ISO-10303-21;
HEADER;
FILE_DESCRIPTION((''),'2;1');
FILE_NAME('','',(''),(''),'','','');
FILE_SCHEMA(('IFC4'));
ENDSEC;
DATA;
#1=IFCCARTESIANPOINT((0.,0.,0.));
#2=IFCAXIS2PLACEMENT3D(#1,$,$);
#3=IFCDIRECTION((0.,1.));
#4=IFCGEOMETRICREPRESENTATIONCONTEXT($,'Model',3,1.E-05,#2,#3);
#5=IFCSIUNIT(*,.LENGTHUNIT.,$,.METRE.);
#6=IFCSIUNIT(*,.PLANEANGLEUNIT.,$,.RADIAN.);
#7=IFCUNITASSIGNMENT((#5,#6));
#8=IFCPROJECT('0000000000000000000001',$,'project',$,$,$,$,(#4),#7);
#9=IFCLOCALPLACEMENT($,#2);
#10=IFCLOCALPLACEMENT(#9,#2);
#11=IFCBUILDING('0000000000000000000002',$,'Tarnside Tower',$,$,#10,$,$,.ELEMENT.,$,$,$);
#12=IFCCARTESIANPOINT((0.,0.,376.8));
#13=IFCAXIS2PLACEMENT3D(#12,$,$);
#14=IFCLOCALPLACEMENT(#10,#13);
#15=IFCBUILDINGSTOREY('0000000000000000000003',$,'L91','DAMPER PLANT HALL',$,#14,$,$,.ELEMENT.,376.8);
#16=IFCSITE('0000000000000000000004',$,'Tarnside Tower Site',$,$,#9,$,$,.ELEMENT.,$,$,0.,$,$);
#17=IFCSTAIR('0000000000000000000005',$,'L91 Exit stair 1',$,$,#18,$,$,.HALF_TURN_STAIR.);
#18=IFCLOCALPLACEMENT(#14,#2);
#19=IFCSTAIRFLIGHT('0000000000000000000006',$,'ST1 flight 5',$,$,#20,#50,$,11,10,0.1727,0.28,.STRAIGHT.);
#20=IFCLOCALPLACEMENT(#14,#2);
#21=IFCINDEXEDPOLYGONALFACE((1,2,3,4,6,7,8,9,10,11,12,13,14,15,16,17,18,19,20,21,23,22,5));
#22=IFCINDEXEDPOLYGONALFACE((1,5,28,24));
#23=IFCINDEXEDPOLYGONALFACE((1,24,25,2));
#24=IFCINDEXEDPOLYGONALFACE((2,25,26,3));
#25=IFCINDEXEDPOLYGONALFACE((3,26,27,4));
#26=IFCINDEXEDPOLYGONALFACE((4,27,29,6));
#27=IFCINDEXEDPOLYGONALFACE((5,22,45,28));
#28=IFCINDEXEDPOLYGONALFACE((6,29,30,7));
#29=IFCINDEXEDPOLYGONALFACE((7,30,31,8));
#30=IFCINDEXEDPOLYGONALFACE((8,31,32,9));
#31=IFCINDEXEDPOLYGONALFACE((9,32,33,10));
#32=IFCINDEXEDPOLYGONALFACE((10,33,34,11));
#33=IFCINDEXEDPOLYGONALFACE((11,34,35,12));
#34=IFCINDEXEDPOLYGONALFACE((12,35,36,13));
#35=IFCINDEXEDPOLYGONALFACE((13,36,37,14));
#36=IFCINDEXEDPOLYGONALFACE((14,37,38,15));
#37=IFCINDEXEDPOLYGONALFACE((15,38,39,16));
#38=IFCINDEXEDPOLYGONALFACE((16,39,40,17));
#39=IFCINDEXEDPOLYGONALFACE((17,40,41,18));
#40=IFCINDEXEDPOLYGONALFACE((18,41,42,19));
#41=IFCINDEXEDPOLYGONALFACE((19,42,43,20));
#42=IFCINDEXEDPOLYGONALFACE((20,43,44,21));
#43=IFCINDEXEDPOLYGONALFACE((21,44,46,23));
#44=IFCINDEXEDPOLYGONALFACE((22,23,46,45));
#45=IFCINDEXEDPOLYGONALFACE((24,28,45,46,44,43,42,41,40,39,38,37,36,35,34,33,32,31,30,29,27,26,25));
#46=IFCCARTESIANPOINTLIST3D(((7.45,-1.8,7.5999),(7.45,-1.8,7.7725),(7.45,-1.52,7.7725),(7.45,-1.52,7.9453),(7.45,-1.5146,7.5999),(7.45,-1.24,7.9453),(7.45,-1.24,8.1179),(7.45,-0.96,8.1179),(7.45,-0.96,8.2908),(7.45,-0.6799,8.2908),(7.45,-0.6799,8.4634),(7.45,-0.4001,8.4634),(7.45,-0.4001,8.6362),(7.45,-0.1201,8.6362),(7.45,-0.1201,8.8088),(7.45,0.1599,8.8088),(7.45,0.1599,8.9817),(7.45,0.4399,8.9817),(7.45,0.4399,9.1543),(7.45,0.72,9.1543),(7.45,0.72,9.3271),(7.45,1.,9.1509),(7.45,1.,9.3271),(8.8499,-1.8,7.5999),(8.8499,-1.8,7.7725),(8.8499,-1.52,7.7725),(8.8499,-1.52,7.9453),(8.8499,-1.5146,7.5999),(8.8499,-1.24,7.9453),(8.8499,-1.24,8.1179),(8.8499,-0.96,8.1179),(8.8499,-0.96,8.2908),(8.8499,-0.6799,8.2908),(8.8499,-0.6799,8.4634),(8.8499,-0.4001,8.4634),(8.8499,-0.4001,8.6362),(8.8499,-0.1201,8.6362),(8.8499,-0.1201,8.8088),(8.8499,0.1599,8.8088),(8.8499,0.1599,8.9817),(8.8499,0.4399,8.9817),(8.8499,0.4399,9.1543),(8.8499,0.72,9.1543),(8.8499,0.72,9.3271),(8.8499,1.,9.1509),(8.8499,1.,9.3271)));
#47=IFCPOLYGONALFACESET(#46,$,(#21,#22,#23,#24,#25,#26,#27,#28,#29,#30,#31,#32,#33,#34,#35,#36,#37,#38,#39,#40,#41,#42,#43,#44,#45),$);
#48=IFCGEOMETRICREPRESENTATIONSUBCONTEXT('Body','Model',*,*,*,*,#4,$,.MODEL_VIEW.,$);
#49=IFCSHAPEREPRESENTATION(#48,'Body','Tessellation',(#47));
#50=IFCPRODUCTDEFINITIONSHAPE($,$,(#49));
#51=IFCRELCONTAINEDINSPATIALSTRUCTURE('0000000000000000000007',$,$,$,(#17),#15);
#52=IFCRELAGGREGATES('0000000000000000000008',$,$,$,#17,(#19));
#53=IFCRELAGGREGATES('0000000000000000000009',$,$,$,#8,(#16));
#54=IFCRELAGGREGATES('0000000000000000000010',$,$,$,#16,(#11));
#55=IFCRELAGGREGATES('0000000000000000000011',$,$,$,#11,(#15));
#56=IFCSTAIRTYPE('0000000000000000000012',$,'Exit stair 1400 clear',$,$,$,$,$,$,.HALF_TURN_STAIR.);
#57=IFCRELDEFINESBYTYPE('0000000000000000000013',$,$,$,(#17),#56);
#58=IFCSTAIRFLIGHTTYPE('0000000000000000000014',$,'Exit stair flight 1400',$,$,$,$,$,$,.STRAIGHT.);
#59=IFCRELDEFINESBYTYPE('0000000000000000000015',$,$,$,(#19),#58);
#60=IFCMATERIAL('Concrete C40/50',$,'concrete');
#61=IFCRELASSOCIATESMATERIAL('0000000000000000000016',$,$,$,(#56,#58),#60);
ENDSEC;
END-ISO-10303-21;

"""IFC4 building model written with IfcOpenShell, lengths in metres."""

from ifc_helpers import new_model, si_unit, direction, frame, origin, place, context, subcontext, project, spatial, polyline, outline, extrude, material, type_object, element, aggregate, save


model = new_model("IFC4")

# Units and contexts
model_context = context("Model", 3, precision=1e-05, world=origin(), true_north=direction((0.0, 1.0)))
body_context = subcontext(model_context, "Body", "Model", "MODEL_VIEW")
ifc_project = project(units=[si_unit("LENGTHUNIT", "METRE"), si_unit("PLANEANGLEUNIT", "RADIAN")], contexts=[model_context])

# Site, building, storey
site_placement = place(None, origin())
site = spatial("IfcSite", under=ifc_project, at=site_placement, Name="Tarnside Tower Site", CompositionType="ELEMENT", RefElevation=0.0)
building_placement = place(site_placement, origin())
building = spatial("IfcBuilding", under=site, at=building_placement, Name="Tarnside Tower", CompositionType="ELEMENT")
storey_placement = place(building_placement, frame((0.0, 0.0, 376.8)))
storey = spatial("IfcBuildingStorey", under=building, at=storey_placement, Name="L91", Description="DAMPER PLANT HALL", CompositionType="ELEMENT", Elevation=376.8)

# Shared definitions
ifc_material_1 = material(Name="Concrete C40/50", Category="concrete")

# Shared definitions
stair_type = type_object("IfcStairType", Name="Exit stair 1400 clear", PredefinedType="HALF_TURN_STAIR", material=ifc_material_1)

# Stair, stair flight
stair_1_placement = place(storey_placement, origin())
stair_1 = element("IfcStair", 1, at=stair_1_placement, inside=storey, type_object=stair_type, Name="L91 Exit stair 1", PredefinedType="HALF_TURN_STAIR")
stair_flight_type = type_object("IfcStairFlightType", Name="Exit stair flight 1400", PredefinedType="STRAIGHT", material=ifc_material_1)
stair_flight_1_placement = place(storey_placement, frame((8.1499, -1.8, 7.5999), z_axis=(0.0, 0.0, 1.0), x_axis=(0.0, 1.0, 0.0)))
stair_flight_1 = element("IfcStairFlight", 2, at=stair_flight_1_placement, type_object=stair_flight_type, Name="ST1 flight 5", NumberOfRisers=11, NumberOfTreads=10, PredefinedType="STRAIGHT", RiserHeight=0.1727, TreadLength=0.28, context=body_context, shape_type="SweptSolid", body=[
    extrude(outline(polyline([(0.0, 0.0), (0.0, 0.1726), (0.28, 0.1726), (0.28, 0.3455), (0.5601, 0.3455), (0.5601, 0.5181), (0.8401, 0.5181), (0.8401, 0.6909), (1.1201, 0.6909), (1.1201, 0.8635), (1.3999, 0.8635), (1.3999, 1.0364), (1.6799, 1.0364), (1.6799, 1.209), (1.96, 1.209), (1.96, 1.3818), (2.24, 1.3818), (2.24, 1.5544), (2.52, 1.5544), (2.52, 1.7273), (2.8, 1.7273), (2.8, 1.8999), (2.8, 1.551), (0.2854, 0.0), (0.0, 0.0)])), frame((0.0, 0.7, 0.0), z_axis=(0.0, -1.0, 0.0), x_axis=(1.0, 0.0, 0.0)), (0.0, 0.0, 1.0), 1.3999),
])
aggregate(stair_1, [stair_flight_1])

save(model, "model.ifc")
